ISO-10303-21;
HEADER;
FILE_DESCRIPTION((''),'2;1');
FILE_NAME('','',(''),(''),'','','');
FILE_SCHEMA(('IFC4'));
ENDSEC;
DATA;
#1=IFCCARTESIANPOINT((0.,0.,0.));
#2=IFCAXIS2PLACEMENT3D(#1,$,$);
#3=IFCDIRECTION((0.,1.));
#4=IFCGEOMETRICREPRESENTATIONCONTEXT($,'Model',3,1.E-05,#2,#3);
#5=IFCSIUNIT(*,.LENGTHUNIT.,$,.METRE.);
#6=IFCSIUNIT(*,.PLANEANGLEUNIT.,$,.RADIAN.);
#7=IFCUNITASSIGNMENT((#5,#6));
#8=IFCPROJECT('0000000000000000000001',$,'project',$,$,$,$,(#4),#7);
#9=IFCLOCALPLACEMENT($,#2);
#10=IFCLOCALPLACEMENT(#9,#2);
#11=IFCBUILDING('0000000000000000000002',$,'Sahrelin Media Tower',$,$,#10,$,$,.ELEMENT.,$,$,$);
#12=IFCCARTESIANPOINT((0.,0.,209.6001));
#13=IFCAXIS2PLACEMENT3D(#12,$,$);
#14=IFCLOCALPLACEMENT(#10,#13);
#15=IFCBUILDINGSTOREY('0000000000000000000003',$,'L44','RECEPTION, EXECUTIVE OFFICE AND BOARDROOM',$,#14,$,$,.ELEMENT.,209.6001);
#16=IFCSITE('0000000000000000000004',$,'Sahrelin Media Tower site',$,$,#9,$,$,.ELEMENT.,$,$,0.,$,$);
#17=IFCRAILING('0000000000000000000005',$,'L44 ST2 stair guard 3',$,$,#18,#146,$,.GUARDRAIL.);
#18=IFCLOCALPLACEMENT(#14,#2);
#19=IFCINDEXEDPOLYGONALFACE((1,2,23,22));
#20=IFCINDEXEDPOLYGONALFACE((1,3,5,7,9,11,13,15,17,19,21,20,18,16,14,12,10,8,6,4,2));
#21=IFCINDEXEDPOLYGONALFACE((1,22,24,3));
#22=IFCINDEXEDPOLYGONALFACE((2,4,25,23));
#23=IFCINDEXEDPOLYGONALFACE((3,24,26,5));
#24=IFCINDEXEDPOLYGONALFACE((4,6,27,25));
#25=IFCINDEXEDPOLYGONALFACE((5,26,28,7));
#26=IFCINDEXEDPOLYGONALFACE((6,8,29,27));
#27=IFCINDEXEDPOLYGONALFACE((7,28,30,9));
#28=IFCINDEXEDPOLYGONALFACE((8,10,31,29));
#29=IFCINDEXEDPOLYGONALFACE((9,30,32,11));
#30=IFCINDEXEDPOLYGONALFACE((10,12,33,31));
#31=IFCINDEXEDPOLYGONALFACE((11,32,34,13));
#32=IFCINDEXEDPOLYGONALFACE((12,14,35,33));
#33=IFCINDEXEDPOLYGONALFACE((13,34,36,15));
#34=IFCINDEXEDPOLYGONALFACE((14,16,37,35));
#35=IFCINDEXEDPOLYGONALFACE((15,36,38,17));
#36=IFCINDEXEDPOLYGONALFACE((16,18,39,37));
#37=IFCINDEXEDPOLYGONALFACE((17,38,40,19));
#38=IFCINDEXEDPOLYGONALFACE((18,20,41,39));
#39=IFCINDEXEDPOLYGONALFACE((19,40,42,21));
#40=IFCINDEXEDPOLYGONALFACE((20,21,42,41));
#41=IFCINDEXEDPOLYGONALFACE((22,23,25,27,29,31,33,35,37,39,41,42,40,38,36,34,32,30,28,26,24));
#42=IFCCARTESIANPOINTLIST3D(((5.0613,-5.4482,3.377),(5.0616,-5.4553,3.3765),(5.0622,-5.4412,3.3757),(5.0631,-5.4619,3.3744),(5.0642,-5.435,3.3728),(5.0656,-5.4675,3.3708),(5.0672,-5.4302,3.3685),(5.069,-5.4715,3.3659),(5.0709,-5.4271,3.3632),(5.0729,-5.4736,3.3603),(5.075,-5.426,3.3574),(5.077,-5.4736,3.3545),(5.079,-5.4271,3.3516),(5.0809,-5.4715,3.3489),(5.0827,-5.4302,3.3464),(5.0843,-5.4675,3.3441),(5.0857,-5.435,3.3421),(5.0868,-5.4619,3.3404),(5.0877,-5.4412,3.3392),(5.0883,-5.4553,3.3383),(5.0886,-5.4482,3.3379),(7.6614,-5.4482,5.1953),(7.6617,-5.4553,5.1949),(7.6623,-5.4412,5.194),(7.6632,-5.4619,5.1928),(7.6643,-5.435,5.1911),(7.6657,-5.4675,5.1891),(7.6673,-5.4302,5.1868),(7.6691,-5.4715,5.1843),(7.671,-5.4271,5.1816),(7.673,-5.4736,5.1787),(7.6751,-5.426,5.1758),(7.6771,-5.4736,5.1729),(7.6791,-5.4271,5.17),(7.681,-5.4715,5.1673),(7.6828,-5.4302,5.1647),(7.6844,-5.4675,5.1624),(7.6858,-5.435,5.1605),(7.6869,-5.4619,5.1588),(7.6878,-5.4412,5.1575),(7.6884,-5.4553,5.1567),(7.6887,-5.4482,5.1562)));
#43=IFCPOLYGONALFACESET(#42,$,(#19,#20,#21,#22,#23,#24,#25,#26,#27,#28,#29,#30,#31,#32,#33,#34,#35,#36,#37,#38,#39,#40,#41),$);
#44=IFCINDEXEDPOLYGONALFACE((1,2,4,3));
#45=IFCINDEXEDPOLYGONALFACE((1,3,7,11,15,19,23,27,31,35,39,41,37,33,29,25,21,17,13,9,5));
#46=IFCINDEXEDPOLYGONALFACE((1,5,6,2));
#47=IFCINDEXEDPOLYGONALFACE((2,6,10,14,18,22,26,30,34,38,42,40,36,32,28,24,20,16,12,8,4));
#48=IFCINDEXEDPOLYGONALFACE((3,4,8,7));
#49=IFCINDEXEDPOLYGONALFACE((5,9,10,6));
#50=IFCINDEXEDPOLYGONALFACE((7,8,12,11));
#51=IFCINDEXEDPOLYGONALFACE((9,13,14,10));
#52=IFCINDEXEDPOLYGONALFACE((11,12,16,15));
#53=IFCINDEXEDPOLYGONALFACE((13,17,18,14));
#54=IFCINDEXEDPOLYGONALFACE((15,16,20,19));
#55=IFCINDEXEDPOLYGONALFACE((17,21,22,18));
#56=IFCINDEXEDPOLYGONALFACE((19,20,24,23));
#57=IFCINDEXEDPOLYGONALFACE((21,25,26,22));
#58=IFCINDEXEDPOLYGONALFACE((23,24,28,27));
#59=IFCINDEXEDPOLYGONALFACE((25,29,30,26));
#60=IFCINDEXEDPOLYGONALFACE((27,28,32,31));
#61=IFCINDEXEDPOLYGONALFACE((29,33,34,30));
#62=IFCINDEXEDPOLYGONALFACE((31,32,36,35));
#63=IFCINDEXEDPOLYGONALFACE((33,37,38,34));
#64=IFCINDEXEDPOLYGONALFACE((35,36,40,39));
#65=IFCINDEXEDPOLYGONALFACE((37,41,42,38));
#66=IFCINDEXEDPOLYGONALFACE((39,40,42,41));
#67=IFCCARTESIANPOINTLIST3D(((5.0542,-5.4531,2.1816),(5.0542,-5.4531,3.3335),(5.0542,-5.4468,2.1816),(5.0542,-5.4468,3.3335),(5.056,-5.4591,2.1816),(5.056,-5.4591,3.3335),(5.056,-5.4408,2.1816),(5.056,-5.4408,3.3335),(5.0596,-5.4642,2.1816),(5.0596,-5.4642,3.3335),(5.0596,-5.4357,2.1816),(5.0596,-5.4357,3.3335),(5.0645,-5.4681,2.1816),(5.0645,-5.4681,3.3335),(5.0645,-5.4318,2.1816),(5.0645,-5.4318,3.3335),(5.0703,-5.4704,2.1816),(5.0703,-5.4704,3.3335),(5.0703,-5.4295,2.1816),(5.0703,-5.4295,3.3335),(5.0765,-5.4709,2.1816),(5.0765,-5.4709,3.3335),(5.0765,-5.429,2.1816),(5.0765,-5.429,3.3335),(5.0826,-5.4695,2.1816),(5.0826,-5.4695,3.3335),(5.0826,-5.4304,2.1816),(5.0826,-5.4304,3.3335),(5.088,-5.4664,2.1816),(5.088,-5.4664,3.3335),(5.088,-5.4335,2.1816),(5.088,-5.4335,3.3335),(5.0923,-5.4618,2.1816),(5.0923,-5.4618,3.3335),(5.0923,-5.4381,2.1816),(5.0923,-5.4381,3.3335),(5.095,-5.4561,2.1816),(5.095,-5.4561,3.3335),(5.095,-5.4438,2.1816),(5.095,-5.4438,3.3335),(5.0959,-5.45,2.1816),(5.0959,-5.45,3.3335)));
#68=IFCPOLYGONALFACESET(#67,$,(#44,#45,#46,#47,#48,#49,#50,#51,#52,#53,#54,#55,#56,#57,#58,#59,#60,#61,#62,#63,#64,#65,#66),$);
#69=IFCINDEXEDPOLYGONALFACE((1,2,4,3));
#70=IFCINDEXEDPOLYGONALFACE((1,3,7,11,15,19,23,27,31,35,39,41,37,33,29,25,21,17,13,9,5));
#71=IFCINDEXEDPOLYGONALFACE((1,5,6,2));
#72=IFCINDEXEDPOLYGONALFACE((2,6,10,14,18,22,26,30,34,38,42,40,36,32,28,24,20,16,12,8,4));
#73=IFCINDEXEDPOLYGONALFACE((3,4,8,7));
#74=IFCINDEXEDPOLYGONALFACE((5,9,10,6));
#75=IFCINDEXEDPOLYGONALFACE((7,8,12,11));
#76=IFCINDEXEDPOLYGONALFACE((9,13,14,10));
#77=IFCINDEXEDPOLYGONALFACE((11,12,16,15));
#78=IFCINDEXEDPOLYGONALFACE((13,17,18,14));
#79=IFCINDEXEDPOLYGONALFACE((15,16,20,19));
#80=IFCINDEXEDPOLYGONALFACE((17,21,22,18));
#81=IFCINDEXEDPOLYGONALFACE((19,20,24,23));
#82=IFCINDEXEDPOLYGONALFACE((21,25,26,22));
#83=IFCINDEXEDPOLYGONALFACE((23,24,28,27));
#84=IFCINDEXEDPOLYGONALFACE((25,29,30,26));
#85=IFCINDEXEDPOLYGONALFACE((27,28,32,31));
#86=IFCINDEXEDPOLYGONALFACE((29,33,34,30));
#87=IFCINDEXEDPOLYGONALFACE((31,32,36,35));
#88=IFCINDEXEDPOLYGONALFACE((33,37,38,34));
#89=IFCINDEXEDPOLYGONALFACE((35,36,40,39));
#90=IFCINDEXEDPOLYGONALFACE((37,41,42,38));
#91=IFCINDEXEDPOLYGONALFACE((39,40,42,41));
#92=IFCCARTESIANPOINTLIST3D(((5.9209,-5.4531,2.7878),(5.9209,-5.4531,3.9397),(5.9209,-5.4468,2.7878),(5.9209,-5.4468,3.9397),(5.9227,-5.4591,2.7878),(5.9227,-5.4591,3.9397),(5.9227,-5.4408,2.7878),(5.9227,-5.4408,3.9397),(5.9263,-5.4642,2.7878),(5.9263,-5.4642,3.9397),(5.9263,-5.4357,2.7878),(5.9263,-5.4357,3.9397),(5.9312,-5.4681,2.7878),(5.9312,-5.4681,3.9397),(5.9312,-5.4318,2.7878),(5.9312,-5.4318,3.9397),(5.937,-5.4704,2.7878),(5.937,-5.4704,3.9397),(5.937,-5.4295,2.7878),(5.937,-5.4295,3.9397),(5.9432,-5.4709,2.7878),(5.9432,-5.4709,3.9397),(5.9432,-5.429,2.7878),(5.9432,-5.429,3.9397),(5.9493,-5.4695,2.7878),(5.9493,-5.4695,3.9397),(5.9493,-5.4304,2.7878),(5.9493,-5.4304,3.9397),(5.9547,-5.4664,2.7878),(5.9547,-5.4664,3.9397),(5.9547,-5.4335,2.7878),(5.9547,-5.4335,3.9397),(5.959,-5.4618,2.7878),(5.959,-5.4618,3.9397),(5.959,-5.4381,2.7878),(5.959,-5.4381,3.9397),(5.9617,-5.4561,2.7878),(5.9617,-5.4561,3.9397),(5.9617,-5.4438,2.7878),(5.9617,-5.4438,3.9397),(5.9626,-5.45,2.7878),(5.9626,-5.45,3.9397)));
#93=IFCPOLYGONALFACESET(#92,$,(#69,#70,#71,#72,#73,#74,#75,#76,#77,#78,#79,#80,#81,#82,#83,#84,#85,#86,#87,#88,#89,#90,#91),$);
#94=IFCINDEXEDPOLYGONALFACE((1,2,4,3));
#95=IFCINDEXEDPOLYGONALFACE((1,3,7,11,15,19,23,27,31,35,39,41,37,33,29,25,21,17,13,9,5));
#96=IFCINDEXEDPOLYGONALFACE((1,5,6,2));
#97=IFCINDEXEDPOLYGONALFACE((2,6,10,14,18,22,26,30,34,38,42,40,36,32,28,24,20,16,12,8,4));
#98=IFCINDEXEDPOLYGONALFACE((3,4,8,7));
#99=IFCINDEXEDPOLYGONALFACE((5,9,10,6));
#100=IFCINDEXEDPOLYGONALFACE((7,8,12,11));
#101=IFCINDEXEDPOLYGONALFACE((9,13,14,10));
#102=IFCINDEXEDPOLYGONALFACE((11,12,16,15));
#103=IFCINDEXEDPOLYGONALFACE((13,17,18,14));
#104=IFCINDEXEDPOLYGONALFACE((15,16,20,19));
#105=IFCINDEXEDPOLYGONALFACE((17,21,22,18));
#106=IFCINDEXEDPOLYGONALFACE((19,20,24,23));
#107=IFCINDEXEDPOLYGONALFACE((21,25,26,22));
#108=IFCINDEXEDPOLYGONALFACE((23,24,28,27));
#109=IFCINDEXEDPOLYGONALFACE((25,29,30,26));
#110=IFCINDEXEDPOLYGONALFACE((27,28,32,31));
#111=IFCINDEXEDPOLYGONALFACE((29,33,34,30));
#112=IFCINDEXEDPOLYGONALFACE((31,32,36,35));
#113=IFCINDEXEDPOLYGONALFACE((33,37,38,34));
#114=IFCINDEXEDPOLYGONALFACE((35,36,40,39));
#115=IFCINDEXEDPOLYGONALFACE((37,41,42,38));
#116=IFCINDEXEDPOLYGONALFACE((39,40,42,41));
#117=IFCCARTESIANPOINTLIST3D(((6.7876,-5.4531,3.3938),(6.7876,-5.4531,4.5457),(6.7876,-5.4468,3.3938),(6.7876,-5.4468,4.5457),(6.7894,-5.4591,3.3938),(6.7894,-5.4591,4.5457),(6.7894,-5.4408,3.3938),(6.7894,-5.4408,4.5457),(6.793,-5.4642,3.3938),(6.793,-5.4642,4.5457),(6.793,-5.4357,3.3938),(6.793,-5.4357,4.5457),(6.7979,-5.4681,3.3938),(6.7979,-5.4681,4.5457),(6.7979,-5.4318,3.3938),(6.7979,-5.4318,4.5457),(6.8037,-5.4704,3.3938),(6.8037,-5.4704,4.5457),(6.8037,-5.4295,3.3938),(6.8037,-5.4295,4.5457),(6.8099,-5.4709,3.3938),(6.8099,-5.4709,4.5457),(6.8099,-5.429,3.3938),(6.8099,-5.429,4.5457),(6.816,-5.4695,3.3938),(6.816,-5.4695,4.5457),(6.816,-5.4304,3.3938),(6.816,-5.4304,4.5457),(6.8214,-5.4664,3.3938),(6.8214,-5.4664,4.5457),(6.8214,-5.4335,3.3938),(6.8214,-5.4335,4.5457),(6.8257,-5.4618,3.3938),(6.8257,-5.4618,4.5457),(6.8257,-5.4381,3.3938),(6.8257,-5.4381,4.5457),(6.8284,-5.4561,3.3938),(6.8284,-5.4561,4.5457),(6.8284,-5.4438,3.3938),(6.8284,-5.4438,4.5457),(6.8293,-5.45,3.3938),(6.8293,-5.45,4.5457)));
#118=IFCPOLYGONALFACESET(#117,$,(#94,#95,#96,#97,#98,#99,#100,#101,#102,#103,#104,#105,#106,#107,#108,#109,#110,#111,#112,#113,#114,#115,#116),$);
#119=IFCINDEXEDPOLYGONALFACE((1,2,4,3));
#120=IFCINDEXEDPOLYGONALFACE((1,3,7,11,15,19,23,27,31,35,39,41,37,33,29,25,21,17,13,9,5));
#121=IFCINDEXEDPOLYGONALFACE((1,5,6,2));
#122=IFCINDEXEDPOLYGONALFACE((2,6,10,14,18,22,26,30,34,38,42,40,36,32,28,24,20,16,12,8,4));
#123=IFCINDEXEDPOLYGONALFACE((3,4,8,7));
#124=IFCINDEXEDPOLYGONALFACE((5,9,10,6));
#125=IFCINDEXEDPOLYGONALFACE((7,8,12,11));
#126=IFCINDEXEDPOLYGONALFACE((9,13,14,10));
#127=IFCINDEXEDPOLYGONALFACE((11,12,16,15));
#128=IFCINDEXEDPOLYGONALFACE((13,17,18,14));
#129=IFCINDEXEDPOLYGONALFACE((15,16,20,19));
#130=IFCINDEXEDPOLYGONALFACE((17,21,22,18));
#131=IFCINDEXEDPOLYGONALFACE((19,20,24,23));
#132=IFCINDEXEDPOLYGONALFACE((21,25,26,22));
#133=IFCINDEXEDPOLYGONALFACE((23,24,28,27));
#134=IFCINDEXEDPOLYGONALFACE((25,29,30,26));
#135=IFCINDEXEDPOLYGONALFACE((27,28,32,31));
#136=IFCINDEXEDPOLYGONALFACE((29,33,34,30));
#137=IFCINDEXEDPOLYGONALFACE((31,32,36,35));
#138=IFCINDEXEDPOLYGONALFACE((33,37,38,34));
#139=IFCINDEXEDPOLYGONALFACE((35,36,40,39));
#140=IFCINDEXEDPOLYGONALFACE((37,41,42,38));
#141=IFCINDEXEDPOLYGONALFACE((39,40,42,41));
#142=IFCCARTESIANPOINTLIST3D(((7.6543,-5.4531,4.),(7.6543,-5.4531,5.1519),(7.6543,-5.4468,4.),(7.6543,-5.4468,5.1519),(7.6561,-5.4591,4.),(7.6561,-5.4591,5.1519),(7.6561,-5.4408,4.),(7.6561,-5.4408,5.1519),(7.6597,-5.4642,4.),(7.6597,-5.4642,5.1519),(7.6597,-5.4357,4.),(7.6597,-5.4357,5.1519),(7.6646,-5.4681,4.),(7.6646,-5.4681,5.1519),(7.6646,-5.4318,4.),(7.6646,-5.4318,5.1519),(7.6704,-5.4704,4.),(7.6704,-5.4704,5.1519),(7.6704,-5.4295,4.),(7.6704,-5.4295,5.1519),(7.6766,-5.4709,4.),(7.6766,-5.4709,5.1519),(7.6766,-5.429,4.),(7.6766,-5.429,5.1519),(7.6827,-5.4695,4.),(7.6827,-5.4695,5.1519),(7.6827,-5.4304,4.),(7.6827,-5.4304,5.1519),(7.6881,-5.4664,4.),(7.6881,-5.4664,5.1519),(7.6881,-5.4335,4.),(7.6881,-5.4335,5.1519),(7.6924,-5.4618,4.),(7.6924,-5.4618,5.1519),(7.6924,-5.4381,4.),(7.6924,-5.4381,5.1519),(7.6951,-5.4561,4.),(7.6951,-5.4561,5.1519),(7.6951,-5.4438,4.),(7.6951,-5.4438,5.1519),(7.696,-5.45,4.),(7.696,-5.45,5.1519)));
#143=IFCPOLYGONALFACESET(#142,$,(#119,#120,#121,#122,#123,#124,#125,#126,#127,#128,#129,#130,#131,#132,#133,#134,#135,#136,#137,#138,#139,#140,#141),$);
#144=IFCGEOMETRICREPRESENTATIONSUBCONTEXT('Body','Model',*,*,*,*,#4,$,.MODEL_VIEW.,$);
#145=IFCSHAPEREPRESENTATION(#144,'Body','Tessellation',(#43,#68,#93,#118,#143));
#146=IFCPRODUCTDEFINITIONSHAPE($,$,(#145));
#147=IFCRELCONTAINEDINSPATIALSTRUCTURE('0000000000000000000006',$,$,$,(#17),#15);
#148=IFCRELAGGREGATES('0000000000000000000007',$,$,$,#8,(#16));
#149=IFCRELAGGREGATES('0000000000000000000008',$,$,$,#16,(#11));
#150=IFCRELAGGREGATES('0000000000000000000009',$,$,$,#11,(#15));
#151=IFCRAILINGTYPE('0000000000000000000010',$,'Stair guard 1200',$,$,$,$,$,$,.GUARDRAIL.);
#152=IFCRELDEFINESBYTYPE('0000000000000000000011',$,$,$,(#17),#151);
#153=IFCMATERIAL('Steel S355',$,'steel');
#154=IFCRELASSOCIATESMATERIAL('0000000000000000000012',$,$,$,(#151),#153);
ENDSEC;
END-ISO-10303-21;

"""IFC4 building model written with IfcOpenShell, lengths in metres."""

from ifc_helpers import new_model, si_unit, direction, frame, origin, origin_2d, place, context, subcontext, project, spatial, circle, extrude, material, type_object, element, save


model = new_model("IFC4")

# Units and contexts
model_context = context("Model", 3, precision=1e-05, world=origin(), true_north=direction((0.0, 1.0)))
body_context = subcontext(model_context, "Body", "Model", "MODEL_VIEW")
ifc_project = project(units=[si_unit("LENGTHUNIT", "METRE"), si_unit("PLANEANGLEUNIT", "RADIAN")], contexts=[model_context])

# Site, building, storey
site_placement = place(None, origin())
site = spatial("IfcSite", under=ifc_project, at=site_placement, Name="Sahrelin Media Tower site", CompositionType="ELEMENT", RefElevation=0.0)
building_placement = place(site_placement, origin())
building = spatial("IfcBuilding", under=site, at=building_placement, Name="Sahrelin Media Tower", CompositionType="ELEMENT")
storey_placement = place(building_placement, frame((0.0, 0.0, 209.6001)))
storey = spatial("IfcBuildingStorey", under=building, at=storey_placement, Name="L44", Description="RECEPTION, EXECUTIVE OFFICE AND BOARDROOM", CompositionType="ELEMENT", Elevation=209.6001)

# Shared definitions
ifc_material_1 = material(Name="Steel S355", Category="steel")

# Railing
railing_type_1 = type_object("IfcRailingType", Name="Stair guard 1200", PredefinedType="GUARDRAIL", material=ifc_material_1)
railing_1_placement = place(storey_placement, frame((5.075, -5.45, 2.1816)))
element("IfcRailing", 1, at=railing_1_placement, inside=storey, type_object=railing_type_1, Name="L44 ST2 stair guard 3", PredefinedType="GUARDRAIL", context=body_context, shape_type="SweptSolid", body=[
    extrude(circle(Radius=0.0239, at=origin_2d()), frame((0.0, 0.0, 1.1758), z_axis=(0.819485, 0.0, 0.573101), x_axis=(0.0, 1.0, 0.0)), (0.0, 0.0, 1.0), 3.1729),
    extrude(circle(Radius=0.021, at=origin_2d()), origin(), (0.0, 0.0, 1.0), 1.1519),
    extrude(circle(Radius=0.021, at=origin_2d()), frame((0.8667, 0.0, 0.6062)), (0.0, 0.0, 1.0), 1.1519),
    extrude(circle(Radius=0.021, at=origin_2d()), frame((1.7334, 0.0, 1.2122)), (0.0, 0.0, 1.0), 1.1519),
    extrude(circle(Radius=0.021, at=origin_2d()), frame((2.6001, 0.0, 1.8184)), (0.0, 0.0, 1.0), 1.1519),
])

save(model, "model.ifc")
